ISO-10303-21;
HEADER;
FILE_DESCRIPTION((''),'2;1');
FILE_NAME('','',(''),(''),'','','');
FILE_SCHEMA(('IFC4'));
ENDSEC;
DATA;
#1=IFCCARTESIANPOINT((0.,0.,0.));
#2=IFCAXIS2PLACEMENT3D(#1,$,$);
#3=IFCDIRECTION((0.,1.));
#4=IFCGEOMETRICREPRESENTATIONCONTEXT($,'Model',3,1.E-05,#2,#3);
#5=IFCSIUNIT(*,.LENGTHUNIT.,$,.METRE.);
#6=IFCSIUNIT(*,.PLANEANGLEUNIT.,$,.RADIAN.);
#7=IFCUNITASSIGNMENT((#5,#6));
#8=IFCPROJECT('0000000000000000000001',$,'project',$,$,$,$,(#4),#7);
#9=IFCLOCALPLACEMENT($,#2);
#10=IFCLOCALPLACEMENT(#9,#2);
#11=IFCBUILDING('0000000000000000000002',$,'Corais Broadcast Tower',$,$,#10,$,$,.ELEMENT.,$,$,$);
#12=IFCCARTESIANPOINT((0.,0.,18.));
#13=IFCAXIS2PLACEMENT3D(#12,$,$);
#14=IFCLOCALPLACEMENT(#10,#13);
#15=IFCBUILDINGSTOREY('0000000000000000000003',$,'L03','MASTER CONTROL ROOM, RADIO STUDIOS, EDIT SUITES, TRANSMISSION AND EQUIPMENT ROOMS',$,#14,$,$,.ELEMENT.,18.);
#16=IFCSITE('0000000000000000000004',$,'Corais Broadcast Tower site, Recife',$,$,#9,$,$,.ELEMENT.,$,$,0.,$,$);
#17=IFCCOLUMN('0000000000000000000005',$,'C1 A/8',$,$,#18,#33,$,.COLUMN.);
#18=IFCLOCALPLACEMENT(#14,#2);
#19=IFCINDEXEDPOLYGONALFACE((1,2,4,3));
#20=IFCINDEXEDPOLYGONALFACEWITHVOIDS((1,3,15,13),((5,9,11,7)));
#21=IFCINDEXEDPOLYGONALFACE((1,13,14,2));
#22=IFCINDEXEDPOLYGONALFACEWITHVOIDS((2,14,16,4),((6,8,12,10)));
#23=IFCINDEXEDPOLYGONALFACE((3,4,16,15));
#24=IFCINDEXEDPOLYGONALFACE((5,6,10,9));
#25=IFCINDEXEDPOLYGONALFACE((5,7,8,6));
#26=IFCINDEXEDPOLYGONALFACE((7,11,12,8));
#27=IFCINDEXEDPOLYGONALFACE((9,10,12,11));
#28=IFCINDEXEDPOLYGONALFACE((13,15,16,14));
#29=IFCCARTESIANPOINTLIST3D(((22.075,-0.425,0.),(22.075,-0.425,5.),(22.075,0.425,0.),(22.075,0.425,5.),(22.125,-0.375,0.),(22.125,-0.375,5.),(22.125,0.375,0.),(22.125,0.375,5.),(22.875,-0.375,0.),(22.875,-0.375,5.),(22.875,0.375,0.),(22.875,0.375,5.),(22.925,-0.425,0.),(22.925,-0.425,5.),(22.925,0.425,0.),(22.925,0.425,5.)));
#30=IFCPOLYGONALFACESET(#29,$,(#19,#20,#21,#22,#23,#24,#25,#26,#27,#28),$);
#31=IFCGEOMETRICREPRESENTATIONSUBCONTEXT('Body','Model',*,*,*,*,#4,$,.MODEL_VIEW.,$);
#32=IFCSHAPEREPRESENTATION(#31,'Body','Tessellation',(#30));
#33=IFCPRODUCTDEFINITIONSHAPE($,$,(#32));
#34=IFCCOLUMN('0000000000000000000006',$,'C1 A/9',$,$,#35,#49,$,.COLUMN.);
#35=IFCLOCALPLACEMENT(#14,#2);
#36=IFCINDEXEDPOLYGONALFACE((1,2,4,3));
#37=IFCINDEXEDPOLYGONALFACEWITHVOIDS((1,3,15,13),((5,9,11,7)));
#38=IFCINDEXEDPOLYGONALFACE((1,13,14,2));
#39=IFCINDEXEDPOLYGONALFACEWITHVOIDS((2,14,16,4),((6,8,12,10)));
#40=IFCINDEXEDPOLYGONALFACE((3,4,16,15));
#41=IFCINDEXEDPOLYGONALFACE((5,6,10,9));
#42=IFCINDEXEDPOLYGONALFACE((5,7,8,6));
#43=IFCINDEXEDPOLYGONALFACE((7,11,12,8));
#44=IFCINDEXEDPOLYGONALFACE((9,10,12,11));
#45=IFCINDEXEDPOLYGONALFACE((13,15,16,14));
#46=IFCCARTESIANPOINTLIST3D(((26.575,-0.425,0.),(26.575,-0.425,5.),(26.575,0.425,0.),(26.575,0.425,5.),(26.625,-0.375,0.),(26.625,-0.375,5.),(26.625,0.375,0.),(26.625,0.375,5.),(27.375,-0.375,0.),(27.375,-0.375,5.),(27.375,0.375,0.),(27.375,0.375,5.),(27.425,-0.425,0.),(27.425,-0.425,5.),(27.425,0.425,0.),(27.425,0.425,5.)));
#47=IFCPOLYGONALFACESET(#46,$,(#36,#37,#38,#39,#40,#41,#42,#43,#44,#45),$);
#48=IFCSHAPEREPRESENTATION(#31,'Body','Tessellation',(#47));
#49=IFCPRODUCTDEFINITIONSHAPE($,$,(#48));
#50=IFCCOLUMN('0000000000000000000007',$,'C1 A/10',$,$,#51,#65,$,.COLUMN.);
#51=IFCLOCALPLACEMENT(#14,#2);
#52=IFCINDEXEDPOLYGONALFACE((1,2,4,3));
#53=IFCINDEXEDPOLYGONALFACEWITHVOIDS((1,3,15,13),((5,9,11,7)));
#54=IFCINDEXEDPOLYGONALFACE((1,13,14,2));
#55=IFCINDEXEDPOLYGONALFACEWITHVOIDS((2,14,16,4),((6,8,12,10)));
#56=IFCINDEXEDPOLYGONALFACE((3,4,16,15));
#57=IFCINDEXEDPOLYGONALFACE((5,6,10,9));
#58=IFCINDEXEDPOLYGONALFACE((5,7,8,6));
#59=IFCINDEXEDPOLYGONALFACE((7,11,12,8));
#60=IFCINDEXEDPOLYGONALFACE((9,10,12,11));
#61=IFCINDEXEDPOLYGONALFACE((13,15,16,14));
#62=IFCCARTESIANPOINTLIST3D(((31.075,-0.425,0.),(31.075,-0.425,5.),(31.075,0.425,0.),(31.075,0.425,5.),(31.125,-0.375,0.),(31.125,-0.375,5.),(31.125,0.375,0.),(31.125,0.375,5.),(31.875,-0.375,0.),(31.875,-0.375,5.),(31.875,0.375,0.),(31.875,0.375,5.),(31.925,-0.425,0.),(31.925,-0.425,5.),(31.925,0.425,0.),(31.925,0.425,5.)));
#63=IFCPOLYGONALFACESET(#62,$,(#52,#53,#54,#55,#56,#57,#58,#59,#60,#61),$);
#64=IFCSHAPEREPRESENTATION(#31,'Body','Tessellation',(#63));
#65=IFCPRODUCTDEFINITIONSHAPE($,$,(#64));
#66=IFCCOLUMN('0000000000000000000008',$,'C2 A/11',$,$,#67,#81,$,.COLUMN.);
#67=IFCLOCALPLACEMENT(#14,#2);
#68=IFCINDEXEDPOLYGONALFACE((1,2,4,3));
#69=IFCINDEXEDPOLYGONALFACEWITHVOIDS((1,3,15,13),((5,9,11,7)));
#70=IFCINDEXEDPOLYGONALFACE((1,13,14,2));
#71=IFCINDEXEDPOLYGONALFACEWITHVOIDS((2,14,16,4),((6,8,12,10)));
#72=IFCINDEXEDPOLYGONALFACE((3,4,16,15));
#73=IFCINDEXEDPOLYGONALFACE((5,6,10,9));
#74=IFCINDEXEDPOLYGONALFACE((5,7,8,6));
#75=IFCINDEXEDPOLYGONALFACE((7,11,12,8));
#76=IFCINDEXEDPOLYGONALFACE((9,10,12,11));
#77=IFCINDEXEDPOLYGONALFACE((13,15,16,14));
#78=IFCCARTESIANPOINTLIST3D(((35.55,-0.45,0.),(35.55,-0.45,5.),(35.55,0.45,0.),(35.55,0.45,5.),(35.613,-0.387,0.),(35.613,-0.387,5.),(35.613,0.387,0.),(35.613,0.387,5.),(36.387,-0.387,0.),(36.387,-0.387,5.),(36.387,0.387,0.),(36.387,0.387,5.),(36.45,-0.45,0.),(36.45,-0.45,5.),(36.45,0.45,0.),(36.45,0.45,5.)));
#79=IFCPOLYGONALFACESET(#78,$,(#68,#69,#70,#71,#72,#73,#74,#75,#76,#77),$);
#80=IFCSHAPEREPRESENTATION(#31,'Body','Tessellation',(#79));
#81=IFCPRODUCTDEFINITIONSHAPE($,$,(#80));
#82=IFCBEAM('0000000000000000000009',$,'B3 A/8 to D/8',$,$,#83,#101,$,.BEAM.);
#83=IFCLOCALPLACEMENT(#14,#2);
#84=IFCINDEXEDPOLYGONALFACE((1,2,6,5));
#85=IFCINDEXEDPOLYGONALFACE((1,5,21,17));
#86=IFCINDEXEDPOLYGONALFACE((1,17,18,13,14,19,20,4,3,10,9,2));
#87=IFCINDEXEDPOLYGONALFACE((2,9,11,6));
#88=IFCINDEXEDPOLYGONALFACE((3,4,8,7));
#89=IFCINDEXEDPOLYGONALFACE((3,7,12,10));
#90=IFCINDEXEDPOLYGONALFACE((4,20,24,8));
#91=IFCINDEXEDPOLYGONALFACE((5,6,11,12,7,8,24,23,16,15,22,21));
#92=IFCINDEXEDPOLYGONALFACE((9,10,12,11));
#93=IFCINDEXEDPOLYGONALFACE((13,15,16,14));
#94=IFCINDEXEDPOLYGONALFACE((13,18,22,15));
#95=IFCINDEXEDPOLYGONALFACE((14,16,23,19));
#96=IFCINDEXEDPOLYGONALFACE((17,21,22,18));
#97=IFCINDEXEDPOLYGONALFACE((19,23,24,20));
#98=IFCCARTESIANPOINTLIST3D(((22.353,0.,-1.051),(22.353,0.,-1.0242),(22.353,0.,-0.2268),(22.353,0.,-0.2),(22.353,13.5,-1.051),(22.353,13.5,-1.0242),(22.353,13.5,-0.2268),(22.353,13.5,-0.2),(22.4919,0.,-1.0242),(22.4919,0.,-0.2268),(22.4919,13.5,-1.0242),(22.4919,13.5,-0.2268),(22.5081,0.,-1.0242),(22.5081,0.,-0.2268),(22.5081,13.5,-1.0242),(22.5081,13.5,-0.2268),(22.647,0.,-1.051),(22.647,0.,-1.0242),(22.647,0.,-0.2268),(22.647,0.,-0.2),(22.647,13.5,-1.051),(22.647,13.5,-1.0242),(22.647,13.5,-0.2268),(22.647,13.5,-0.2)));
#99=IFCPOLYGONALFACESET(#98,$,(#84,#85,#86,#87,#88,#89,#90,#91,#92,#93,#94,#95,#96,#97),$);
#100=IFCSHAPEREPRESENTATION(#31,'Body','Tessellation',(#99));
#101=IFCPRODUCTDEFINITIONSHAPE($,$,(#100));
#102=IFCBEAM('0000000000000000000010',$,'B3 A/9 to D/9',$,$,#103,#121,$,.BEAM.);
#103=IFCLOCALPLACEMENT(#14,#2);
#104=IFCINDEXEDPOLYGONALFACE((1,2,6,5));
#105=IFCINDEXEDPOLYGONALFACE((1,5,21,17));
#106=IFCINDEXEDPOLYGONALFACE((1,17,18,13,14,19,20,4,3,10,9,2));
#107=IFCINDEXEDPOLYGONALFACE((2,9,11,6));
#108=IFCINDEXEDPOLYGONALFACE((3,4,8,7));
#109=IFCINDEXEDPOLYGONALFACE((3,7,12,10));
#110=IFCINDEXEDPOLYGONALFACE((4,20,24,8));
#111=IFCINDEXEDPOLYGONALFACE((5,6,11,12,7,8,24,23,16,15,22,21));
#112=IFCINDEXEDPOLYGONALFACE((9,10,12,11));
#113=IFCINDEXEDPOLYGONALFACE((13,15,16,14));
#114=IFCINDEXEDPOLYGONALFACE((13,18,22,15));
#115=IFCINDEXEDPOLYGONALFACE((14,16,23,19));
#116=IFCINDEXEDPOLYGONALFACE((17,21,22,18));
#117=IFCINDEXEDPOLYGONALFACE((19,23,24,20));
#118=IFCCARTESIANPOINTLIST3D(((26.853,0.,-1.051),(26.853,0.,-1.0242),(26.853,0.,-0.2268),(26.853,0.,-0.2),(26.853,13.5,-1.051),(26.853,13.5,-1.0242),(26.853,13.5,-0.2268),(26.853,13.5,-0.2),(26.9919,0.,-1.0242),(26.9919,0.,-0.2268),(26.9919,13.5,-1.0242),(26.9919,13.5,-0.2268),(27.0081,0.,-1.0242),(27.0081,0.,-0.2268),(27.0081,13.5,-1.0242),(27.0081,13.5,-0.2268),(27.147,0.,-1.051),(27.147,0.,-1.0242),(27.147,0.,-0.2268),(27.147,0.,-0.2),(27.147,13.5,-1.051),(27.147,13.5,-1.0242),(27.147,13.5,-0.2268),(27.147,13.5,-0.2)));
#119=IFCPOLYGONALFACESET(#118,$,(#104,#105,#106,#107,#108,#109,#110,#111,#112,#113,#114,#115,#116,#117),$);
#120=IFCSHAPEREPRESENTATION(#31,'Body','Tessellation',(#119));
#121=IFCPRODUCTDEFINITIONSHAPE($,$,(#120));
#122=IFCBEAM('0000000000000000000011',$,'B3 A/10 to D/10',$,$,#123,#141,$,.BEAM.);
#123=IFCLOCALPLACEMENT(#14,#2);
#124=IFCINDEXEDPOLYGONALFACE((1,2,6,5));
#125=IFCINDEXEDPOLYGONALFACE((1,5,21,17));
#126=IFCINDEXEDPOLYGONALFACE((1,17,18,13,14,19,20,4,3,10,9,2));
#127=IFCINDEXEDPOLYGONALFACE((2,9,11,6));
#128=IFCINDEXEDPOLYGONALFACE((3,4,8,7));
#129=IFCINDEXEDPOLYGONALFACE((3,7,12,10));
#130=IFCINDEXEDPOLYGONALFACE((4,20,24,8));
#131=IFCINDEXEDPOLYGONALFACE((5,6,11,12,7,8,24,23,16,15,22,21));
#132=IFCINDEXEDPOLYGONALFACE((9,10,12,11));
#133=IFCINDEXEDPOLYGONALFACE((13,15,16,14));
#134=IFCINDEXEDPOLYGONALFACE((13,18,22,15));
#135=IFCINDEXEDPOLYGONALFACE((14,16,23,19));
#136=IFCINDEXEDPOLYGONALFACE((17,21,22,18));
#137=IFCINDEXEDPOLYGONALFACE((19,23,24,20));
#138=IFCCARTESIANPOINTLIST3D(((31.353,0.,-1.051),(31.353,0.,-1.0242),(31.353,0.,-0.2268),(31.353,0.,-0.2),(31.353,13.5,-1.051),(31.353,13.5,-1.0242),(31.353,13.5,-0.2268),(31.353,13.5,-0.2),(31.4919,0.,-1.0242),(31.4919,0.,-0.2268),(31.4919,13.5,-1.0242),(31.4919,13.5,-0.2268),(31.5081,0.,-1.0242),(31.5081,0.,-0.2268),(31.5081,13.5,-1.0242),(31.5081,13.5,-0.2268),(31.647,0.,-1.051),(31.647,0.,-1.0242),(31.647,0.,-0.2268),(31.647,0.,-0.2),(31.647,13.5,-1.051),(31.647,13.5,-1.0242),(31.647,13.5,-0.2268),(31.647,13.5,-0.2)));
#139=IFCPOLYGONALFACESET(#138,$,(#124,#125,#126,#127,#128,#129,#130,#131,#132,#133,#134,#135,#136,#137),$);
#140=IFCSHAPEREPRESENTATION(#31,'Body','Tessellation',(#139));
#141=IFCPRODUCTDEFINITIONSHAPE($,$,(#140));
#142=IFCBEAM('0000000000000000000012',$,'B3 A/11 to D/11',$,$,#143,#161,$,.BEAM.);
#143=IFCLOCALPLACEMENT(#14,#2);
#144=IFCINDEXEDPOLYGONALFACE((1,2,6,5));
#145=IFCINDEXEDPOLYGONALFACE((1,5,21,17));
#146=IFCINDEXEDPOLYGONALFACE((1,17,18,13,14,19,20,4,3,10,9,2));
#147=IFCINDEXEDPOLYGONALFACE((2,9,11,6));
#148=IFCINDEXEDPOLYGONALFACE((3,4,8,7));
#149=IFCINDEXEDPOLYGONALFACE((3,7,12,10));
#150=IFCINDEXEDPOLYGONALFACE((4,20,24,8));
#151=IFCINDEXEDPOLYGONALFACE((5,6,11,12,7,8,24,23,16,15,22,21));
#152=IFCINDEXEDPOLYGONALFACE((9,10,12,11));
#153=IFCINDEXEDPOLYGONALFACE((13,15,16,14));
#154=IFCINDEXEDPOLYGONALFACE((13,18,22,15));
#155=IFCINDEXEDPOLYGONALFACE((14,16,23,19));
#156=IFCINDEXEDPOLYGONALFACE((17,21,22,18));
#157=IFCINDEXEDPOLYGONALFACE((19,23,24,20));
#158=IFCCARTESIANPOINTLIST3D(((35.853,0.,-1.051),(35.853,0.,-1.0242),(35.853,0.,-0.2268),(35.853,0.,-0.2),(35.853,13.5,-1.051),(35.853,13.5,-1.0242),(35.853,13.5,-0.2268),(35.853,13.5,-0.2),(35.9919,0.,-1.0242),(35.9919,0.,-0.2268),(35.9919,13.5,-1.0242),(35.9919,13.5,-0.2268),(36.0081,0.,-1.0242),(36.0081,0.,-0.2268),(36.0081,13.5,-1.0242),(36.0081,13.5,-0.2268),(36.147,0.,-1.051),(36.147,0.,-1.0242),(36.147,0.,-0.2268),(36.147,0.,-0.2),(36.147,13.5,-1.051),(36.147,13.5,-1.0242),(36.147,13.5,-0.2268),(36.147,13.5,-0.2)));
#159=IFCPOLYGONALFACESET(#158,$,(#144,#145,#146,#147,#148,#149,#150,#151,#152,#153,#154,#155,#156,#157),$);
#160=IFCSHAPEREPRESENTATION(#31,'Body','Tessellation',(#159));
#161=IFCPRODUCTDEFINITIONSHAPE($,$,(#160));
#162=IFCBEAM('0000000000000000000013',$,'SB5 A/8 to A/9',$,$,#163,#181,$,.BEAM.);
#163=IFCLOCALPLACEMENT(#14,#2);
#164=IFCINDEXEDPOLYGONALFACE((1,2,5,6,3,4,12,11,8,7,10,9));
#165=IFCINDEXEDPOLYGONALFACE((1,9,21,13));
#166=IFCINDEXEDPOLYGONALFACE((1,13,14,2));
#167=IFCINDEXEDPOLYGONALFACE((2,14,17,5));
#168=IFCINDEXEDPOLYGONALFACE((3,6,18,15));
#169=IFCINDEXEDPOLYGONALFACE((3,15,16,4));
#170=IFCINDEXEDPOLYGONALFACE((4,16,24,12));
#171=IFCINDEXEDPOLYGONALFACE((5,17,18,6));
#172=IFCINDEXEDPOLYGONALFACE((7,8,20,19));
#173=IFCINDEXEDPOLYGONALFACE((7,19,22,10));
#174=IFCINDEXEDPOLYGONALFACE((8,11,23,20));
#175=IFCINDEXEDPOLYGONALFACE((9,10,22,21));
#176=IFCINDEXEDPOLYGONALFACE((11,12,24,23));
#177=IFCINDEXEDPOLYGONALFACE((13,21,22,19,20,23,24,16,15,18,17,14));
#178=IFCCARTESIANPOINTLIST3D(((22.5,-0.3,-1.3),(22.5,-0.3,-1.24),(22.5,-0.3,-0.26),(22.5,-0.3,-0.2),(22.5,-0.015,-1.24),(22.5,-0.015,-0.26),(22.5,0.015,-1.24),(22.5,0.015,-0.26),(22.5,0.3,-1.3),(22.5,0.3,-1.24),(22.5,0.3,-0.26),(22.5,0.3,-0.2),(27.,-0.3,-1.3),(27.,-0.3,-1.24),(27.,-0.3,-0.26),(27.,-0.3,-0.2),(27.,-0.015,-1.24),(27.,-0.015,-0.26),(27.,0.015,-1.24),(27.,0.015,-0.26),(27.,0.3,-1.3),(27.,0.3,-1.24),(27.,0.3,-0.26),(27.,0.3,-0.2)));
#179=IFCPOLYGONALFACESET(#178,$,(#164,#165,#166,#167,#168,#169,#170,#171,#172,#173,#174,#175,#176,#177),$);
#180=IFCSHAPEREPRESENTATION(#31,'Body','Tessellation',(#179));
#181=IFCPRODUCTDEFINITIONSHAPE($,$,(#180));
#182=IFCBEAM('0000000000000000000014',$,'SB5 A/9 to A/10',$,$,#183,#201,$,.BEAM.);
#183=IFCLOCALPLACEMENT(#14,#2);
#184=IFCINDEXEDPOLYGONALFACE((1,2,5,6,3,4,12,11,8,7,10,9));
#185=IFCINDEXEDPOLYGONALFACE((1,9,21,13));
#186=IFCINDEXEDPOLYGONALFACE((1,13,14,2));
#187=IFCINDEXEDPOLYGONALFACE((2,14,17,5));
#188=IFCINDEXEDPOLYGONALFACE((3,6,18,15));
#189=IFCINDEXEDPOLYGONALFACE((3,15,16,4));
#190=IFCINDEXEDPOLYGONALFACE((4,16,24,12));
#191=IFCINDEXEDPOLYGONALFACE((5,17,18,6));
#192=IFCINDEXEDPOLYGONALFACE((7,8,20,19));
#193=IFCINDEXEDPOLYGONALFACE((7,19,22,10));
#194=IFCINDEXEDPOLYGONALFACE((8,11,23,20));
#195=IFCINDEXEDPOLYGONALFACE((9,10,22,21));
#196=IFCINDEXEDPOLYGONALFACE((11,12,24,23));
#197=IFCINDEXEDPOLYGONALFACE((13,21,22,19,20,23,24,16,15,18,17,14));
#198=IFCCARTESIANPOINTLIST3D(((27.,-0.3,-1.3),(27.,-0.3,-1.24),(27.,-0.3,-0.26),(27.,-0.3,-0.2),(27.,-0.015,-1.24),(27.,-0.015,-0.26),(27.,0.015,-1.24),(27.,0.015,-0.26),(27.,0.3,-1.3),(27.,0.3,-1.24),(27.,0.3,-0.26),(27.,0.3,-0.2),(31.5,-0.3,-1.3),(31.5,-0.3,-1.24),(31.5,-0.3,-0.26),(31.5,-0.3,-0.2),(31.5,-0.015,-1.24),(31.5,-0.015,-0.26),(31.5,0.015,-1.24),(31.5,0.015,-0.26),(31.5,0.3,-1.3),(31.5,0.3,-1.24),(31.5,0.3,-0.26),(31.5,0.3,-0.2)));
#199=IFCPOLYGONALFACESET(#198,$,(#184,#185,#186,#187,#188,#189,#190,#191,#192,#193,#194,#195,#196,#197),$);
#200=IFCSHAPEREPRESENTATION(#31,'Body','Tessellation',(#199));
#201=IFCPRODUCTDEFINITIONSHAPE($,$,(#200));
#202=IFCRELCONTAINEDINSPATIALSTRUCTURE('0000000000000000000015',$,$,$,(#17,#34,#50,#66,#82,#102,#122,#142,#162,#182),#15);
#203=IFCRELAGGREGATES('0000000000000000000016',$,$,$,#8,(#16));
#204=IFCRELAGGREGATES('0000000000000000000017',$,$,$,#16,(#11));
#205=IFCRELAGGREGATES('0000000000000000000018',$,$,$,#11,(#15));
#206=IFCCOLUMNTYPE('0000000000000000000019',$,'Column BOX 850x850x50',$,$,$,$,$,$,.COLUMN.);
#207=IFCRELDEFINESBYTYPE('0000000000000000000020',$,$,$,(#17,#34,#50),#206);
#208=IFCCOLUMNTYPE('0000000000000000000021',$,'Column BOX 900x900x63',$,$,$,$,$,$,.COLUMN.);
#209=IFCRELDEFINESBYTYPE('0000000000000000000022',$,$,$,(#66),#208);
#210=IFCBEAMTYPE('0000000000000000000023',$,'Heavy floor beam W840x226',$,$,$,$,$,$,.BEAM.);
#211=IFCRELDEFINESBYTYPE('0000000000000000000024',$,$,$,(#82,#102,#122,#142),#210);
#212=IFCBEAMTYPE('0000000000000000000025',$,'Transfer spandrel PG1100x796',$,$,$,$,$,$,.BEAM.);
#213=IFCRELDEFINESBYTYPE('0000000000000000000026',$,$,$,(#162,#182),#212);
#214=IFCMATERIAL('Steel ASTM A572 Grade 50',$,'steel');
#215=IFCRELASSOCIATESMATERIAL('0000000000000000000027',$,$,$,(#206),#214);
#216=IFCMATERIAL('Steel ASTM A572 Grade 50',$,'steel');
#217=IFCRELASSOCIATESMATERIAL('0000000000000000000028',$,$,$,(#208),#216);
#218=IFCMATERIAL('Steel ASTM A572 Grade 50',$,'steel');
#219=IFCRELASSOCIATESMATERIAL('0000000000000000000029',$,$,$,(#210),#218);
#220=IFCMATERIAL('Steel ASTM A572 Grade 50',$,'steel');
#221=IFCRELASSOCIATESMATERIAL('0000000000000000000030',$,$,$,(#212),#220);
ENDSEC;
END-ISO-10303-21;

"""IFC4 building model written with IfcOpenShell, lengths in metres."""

from ifc_helpers import new_model, si_unit, direction, frame, origin, origin_2d, place, context, subcontext, project, spatial, hollow_rectangle, i_section, extrude, material, material_profile, profile_set, type_object, element, save


model = new_model("IFC4")

# Units and contexts
model_context = context("Model", 3, precision=1e-05, world=origin(), true_north=direction((0.0, 1.0)))
body_context = subcontext(model_context, "Body", "Model", "MODEL_VIEW")
ifc_project = project(units=[si_unit("LENGTHUNIT", "METRE"), si_unit("PLANEANGLEUNIT", "RADIAN")], contexts=[model_context])

# Site, building, storey
site_placement = place(None, origin())
site = spatial("IfcSite", under=ifc_project, at=site_placement, Name="Corais Broadcast Tower site, Recife", CompositionType="ELEMENT", RefElevation=0.0)
building_placement = place(site_placement, origin())
building = spatial("IfcBuilding", under=site, at=building_placement, Name="Corais Broadcast Tower", CompositionType="ELEMENT")
storey_placement = place(building_placement, frame((0.0, 0.0, 18.0)))
storey = spatial("IfcBuildingStorey", under=building, at=storey_placement, Name="L03", Description="MASTER CONTROL ROOM, RADIO STUDIOS, EDIT SUITES, TRANSMISSION AND EQUIPMENT ROOMS", CompositionType="ELEMENT", Elevation=18.0)

# Columns
ifc_material_1 = material(Name="Steel ASTM A572 Grade 50", Category="steel")
ifc_material_profile_1 = material_profile(ifc_material_1, hollow_rectangle(XDim=0.8501, YDim=0.8501, WallThickness=0.05, at=origin_2d()), Name="BOX 850x850x50")
ifc_profile_set_1 = profile_set([ifc_material_profile_1], Name="Steel ASTM A572 Grade 50")
column_type_1 = type_object("IfcColumnType", Name="Column BOX 850x850x50", PredefinedType="COLUMN", material=ifc_profile_set_1)
for number, where, z_axis, x_axis, name in (
    (1, (22.5, 0.0, 0.0), (0.0, 0.0, 1.0), (1.0, 0.0, 0.0), "C1 A/8"),
    (2, (27.0, 0.0, 0.0), (0.0, 0.0, 1.0), (1.0, 0.0, 0.0), "C1 A/9"),
    (3, (31.5, 0.0, 0.0), (0.0, 0.0, 1.0), (1.0, 0.0, 0.0), "C1 A/10"),
):
    element("IfcColumn", number, at=place(storey_placement, frame(where, z_axis=z_axis, x_axis=x_axis)), inside=storey, type_object=column_type_1, Name=name, PredefinedType="COLUMN", context=body_context, shape_type="SweptSolid", body=[
        extrude(hollow_rectangle(XDim=0.8501, YDim=0.8501, WallThickness=0.05, at=origin_2d()), origin(), (0.0, 0.0, 1.0), 5.0),
    ])
ifc_material_2 = material(Name="Steel ASTM A572 Grade 50", Category="steel")
ifc_material_profile_2 = material_profile(ifc_material_2, hollow_rectangle(XDim=0.8999, YDim=0.8999, WallThickness=0.063, at=origin_2d()), Name="BOX 900x900x63")
ifc_profile_set_2 = profile_set([ifc_material_profile_2], Name="Steel ASTM A572 Grade 50")
column_type_2 = type_object("IfcColumnType", Name="Column BOX 900x900x63", PredefinedType="COLUMN", material=ifc_profile_set_2)
column_placement = place(storey_placement, frame((36.0, 0.0, 0.0), z_axis=(0.0, 0.0, 1.0), x_axis=(1.0, 0.0, 0.0)))
element("IfcColumn", 4, at=column_placement, inside=storey, type_object=column_type_2, Name="C2 A/11", PredefinedType="COLUMN", context=body_context, shape_type="SweptSolid", body=[
    extrude(hollow_rectangle(XDim=0.8999, YDim=0.8999, WallThickness=0.063, at=origin_2d()), origin(), (0.0, 0.0, 1.0), 5.0),
])

# Beams
ifc_material_3 = material(Name="Steel ASTM A572 Grade 50", Category="steel")
ifc_material_profile_3 = material_profile(ifc_material_3, i_section(OverallWidth=0.2939, OverallDepth=0.8511, WebThickness=0.0161, FlangeThickness=0.0269, at=origin_2d()), Name="W840x226")
ifc_profile_set_3 = profile_set([ifc_material_profile_3], Name="Steel ASTM A572 Grade 50")
beam_type_1 = type_object("IfcBeamType", Name="Heavy floor beam W840x226", PredefinedType="BEAM", material=ifc_profile_set_3)
for number, where, z_axis, x_axis, name in (
    (5, (22.5, 0.0, -0.6255), (0.0, 1.0, 0.0), (-1.0, 0.0, 0.0), "B3 A/8 to D/8"),
    (6, (27.0, 0.0, -0.6255), (0.0, 1.0, 0.0), (-1.0, 0.0, 0.0), "B3 A/9 to D/9"),
    (7, (31.5, 0.0, -0.6255), (0.0, 1.0, 0.0), (-1.0, 0.0, 0.0), "B3 A/10 to D/10"),
    (8, (36.0, 0.0, -0.6255), (0.0, 1.0, 0.0), (-1.0, 0.0, 0.0), "B3 A/11 to D/11"),
):
    element("IfcBeam", number, at=place(storey_placement, frame(where, z_axis=z_axis, x_axis=x_axis)), inside=storey, type_object=beam_type_1, Name=name, PredefinedType="BEAM", context=body_context, shape_type="SweptSolid", body=[
        extrude(i_section(OverallWidth=0.2939, OverallDepth=0.8511, WebThickness=0.0161, FlangeThickness=0.0269, at=origin_2d()), origin(), (0.0, 0.0, 1.0), 13.5),
    ])
ifc_material_4 = material(Name="Steel ASTM A572 Grade 50", Category="steel")
ifc_material_profile_4 = material_profile(ifc_material_4, i_section(OverallWidth=0.6001, OverallDepth=1.1001, WebThickness=0.03, FlangeThickness=0.0601, at=origin_2d()), Name="PG1100x796")
ifc_profile_set_4 = profile_set([ifc_material_profile_4], Name="Steel ASTM A572 Grade 50")
beam_type_2 = type_object("IfcBeamType", Name="Transfer spandrel PG1100x796", PredefinedType="BEAM", material=ifc_profile_set_4)
for number, where, z_axis, x_axis, name in (
    (9, (22.5, 0.0, -0.75), (1.0, 0.0, 0.0), (0.0, 1.0, 0.0), "SB5 A/8 to A/9"),
    (10, (27.0, 0.0, -0.75), (1.0, 0.0, 0.0), (0.0, 1.0, 0.0), "SB5 A/9 to A/10"),
):
    element("IfcBeam", number, at=place(storey_placement, frame(where, z_axis=z_axis, x_axis=x_axis)), inside=storey, type_object=beam_type_2, Name=name, PredefinedType="BEAM", context=body_context, shape_type="SweptSolid", body=[
        extrude(i_section(OverallWidth=0.6001, OverallDepth=1.1001, WebThickness=0.03, FlangeThickness=0.0601, at=origin_2d()), origin(), (0.0, 0.0, 1.0), 4.5),
    ])

save(model, "model.ifc")
